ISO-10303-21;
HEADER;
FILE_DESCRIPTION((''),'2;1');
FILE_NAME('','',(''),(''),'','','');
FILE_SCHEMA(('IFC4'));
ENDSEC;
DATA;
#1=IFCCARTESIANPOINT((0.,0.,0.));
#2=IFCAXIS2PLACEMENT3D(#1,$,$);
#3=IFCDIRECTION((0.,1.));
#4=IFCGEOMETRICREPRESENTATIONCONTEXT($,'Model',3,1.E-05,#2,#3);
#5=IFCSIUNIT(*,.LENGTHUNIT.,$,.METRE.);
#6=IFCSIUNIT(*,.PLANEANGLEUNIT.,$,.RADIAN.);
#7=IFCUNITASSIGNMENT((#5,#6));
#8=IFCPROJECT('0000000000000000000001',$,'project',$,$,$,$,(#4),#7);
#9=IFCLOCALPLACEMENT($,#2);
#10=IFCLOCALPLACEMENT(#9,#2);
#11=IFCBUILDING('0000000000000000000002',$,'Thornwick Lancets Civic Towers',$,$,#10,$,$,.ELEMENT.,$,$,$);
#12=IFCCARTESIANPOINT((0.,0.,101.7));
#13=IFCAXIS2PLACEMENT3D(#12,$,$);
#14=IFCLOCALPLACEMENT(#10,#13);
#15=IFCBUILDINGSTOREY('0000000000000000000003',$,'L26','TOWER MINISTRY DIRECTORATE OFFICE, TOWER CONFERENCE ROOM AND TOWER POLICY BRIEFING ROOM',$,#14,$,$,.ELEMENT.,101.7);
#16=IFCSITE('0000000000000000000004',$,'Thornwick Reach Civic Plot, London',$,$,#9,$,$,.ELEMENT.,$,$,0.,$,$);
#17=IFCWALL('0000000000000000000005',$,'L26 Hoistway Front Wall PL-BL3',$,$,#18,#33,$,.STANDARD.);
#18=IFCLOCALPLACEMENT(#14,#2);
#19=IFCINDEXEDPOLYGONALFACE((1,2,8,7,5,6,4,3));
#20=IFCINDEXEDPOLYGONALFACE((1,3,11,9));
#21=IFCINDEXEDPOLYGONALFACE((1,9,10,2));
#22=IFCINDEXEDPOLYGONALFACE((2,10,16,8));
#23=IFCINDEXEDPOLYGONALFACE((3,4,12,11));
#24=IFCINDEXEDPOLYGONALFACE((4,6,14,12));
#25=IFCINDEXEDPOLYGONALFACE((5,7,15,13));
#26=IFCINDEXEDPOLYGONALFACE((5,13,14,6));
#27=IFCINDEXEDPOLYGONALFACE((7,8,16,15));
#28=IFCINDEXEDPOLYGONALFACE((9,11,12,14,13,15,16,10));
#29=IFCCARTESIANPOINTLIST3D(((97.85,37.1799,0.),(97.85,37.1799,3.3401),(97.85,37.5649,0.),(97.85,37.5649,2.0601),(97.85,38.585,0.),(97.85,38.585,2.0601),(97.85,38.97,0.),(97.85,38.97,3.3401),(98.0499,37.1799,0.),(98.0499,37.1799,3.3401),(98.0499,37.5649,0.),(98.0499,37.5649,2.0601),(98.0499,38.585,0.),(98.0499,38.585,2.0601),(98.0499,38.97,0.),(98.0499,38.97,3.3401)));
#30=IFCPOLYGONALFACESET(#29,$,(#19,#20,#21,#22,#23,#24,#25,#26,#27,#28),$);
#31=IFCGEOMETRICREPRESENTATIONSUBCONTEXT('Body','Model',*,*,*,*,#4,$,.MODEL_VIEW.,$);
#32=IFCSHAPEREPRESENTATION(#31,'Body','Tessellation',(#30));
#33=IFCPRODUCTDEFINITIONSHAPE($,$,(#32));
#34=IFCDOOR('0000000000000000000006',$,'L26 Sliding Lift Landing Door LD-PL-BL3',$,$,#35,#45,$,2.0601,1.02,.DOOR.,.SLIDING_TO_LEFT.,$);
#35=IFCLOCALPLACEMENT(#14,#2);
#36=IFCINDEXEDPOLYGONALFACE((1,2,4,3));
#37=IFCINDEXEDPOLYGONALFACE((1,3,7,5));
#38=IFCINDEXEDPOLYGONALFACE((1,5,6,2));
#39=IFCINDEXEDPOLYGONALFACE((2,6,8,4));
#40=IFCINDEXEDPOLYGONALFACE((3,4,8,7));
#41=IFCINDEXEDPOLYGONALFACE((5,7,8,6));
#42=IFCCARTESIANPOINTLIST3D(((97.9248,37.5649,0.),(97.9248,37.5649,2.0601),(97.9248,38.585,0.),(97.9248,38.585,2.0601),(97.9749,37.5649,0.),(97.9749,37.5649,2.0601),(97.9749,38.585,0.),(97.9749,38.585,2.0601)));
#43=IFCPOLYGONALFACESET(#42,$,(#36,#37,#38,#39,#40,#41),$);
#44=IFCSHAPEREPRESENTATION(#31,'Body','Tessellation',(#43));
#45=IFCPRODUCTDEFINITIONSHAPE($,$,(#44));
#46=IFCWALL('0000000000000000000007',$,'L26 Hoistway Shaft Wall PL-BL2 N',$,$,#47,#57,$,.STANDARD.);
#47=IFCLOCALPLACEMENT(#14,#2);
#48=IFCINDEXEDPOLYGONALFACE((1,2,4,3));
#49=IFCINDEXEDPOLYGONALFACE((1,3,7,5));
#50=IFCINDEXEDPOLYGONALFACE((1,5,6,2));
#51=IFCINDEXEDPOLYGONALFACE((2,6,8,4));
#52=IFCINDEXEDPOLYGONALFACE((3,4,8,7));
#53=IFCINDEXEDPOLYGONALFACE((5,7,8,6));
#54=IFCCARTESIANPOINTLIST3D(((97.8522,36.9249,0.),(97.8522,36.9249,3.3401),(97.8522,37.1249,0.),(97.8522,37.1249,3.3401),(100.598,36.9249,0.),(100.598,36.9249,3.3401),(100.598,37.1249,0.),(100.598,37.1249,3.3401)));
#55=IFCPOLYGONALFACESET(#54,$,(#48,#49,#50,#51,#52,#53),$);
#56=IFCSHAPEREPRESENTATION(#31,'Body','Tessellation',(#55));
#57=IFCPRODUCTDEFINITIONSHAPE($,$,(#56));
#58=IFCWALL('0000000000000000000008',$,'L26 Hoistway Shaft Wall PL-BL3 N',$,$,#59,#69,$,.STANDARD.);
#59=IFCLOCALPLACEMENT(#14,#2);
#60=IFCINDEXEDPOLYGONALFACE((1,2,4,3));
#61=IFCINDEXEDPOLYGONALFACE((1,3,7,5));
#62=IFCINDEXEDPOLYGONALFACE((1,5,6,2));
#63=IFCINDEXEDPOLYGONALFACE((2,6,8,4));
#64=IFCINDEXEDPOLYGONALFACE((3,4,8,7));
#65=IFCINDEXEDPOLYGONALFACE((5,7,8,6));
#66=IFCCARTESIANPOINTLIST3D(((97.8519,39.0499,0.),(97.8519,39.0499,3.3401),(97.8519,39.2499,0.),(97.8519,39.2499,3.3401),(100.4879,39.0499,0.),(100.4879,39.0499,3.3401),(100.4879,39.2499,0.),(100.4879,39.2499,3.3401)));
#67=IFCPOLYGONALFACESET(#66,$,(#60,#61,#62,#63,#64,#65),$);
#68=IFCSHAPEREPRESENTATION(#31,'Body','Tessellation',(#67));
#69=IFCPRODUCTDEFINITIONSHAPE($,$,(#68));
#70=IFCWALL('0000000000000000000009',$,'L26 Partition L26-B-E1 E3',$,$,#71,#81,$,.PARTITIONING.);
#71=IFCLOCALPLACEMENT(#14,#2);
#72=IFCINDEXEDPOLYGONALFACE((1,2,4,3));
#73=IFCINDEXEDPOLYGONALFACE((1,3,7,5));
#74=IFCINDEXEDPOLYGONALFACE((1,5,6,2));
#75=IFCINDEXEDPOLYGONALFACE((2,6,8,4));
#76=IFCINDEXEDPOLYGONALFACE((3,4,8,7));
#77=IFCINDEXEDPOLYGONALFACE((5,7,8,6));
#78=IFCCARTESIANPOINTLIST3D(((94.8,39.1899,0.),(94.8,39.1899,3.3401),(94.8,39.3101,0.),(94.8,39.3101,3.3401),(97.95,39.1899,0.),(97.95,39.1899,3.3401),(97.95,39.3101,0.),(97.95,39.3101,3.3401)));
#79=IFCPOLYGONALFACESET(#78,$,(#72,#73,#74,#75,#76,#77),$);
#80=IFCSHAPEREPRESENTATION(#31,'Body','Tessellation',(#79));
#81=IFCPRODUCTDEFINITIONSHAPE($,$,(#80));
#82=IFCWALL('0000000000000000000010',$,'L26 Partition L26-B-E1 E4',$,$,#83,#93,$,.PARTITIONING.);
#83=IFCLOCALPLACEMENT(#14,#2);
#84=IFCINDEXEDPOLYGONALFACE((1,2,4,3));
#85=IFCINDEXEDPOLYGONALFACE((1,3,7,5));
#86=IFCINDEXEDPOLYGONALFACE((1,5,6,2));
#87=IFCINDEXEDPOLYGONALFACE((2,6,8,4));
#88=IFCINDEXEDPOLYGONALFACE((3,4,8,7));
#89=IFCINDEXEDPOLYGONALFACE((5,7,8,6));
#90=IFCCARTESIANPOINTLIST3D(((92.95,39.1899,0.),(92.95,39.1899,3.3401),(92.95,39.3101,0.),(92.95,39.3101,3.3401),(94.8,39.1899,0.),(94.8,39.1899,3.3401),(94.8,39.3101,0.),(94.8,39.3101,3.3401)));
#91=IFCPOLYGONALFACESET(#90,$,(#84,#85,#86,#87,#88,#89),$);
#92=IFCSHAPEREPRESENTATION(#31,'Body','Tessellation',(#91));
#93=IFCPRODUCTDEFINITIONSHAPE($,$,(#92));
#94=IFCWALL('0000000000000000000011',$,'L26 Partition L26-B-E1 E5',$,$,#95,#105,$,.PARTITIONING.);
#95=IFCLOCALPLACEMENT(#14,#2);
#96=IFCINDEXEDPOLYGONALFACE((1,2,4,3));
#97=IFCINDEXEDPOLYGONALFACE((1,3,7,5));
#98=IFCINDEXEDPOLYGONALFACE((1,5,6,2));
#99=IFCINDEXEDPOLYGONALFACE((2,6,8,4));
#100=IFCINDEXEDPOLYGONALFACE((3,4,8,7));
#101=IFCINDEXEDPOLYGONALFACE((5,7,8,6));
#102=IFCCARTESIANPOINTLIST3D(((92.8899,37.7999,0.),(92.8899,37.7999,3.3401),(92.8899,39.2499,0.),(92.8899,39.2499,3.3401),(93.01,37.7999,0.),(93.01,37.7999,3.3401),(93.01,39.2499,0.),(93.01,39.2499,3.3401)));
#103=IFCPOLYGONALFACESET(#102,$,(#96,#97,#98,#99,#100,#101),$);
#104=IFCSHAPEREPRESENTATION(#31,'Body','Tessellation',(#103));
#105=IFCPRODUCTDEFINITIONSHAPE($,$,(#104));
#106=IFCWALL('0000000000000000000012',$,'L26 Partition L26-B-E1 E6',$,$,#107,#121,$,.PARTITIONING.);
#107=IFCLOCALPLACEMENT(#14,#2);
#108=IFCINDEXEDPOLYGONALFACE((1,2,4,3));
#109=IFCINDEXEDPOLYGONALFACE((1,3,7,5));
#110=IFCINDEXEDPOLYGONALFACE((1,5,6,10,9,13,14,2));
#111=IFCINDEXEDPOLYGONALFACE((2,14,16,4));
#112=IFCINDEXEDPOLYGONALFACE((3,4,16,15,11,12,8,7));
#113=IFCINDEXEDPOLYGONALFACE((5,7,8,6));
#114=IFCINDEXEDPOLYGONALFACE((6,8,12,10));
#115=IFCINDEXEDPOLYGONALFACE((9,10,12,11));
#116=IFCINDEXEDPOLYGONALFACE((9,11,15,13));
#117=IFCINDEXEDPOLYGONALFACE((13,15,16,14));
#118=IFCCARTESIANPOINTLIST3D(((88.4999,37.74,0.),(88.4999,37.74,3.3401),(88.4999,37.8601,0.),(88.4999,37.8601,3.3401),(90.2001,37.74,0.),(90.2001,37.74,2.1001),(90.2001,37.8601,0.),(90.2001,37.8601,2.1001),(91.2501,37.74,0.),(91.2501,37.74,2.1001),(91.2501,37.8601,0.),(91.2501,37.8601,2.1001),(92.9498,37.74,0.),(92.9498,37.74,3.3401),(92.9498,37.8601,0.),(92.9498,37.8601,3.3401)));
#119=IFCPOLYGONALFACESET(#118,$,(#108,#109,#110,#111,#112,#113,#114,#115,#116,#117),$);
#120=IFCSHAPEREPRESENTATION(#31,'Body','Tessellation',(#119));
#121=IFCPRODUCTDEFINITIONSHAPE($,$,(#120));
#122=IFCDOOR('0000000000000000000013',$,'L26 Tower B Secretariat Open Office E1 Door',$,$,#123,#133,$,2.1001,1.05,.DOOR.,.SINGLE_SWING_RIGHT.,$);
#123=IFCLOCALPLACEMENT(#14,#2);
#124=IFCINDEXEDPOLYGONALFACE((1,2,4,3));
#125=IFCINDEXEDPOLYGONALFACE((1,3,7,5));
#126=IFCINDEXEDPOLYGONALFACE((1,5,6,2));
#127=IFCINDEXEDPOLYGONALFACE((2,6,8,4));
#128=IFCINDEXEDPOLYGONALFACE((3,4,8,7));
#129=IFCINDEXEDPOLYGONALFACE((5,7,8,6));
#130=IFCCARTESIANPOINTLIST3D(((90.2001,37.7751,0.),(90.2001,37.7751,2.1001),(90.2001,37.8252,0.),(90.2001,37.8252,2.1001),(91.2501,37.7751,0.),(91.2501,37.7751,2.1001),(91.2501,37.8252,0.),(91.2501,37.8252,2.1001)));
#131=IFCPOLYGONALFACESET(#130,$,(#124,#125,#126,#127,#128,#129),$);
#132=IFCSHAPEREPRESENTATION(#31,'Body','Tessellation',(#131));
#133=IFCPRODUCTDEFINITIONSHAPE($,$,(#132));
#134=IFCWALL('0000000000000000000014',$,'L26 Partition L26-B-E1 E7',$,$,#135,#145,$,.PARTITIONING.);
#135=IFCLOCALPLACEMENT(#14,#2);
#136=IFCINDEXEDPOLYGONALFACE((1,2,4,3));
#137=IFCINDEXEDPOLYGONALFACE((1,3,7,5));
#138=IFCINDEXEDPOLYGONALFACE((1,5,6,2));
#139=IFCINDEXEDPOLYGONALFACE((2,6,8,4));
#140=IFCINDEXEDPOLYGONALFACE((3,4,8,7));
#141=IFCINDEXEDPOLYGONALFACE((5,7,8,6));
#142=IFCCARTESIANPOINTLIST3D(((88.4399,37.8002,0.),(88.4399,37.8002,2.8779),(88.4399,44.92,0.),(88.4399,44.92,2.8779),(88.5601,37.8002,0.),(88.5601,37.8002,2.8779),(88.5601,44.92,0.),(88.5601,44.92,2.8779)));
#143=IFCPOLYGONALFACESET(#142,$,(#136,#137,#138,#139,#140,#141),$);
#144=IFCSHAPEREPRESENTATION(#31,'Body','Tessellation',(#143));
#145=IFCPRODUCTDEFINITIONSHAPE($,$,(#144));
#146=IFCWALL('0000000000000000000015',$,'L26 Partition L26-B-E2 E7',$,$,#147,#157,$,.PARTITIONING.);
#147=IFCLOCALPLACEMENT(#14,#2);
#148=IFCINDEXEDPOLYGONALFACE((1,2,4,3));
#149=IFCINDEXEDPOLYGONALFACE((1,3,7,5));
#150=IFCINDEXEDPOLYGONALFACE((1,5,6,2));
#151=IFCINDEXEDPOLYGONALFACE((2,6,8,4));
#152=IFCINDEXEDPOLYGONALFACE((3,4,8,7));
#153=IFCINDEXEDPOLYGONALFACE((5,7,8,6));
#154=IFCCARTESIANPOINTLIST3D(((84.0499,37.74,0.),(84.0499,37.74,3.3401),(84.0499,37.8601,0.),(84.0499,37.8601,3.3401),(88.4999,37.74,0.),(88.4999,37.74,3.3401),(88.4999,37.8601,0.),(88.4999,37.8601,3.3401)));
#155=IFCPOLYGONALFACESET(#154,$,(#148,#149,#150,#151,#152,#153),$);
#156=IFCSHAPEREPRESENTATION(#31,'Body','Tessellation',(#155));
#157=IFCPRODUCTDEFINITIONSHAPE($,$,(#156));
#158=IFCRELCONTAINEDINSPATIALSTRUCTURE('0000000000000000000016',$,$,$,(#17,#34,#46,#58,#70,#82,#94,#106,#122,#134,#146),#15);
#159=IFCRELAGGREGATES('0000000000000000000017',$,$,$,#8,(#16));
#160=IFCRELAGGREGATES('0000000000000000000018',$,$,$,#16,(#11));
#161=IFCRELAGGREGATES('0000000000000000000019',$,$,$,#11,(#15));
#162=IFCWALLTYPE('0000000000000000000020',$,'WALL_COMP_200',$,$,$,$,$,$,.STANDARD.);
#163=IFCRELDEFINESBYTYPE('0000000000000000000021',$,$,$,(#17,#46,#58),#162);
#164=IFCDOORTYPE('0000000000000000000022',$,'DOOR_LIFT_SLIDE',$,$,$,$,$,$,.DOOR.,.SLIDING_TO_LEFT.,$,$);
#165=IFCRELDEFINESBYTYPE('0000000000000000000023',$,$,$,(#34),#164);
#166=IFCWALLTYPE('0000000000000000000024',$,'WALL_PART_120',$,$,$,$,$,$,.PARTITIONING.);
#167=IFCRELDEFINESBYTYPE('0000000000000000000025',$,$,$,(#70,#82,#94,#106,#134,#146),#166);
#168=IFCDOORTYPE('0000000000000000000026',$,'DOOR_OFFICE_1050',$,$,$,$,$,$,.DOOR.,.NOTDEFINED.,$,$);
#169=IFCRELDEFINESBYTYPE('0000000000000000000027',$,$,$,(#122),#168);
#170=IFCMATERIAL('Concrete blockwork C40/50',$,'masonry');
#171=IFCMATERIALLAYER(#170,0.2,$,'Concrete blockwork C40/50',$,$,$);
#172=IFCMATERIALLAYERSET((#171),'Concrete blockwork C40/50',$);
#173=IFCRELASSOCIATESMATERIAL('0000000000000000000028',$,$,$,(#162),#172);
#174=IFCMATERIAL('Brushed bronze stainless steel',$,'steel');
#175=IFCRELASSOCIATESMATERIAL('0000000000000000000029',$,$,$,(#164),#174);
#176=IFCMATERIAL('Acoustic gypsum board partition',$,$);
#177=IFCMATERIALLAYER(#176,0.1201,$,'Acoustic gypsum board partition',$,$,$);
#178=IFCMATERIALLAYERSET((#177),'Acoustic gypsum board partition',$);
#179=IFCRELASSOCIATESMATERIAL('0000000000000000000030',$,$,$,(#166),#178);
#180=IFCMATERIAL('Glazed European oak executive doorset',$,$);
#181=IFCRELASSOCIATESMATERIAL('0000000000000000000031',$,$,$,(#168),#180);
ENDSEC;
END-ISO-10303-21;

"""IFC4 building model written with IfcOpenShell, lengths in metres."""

from ifc_helpers import new_model, si_unit, direction, frame, frame_2d, origin, place, context, subcontext, project, spatial, rectangle, extrude, material, layer, layer_set, type_object, element, fill, save


model = new_model("IFC4")

# Units and contexts
model_context = context("Model", 3, precision=1e-05, world=origin(), true_north=direction((0.0, 1.0)))
body_context = subcontext(model_context, "Body", "Model", "MODEL_VIEW")
ifc_project = project(units=[si_unit("LENGTHUNIT", "METRE"), si_unit("PLANEANGLEUNIT", "RADIAN")], contexts=[model_context])

# Site, building, storey
site_placement = place(None, origin())
site = spatial("IfcSite", under=ifc_project, at=site_placement, Name="Thornwick Reach Civic Plot, London", CompositionType="ELEMENT", RefElevation=0.0)
building_placement = place(site_placement, origin())
building = spatial("IfcBuilding", under=site, at=building_placement, Name="Thornwick Lancets Civic Towers", CompositionType="ELEMENT")
storey_placement = place(building_placement, frame((0.0, 0.0, 101.7)))
storey = spatial("IfcBuildingStorey", under=building, at=storey_placement, Name="L26", Description="TOWER MINISTRY DIRECTORATE OFFICE, TOWER CONFERENCE ROOM AND TOWER POLICY BRIEFING ROOM", CompositionType="ELEMENT", Elevation=101.7)

# Wall, opening, door
ifc_material_1 = material(Name="Concrete blockwork C40/50", Category="masonry")
ifc_layer_1 = layer(ifc_material_1, 0.2, Name="Concrete blockwork C40/50")
ifc_layer_set_1 = layer_set([ifc_layer_1], Name="Concrete blockwork C40/50")
wall_type_1 = type_object("IfcWallType", Name="WALL_COMP_200", PredefinedType="STANDARD", material=ifc_layer_set_1)
ifc_material_2 = material(Name="Brushed bronze stainless steel", Category="steel")
door_type_1 = type_object("IfcDoorType", Name="DOOR_LIFT_SLIDE", OperationType="SLIDING_TO_LEFT", PredefinedType="DOOR", material=ifc_material_2)
wall_1_placement = place(storey_placement, frame((97.95, 38.97, 0.0), z_axis=(0.0, 0.0, 1.0), x_axis=(0.0, -1.0, 0.0)))
wall_1 = element("IfcWall", 1, at=wall_1_placement, inside=storey, type_object=wall_type_1, Name="L26 Hoistway Front Wall PL-BL3", PredefinedType="STANDARD", context=body_context, shape_type="SweptSolid", body=[
    extrude(rectangle(XDim=1.79, YDim=0.2, at=frame_2d((0.895, 0.0))), origin(), (0.0, 0.0, 1.0), 3.3401),
])
opening_1_placement = place(wall_1_placement, frame((0.385, 0.0, 0.0)))
opening_1 = element("IfcOpeningElement", 2, at=opening_1_placement, cuts=wall_1, PredefinedType="OPENING", context=body_context, shape_type="SweptSolid", body=[
    extrude(rectangle(XDim=1.02, YDim=2.0601, at=frame_2d((0.51, 1.03))), frame((0.0, 0.1099, 0.0), z_axis=(0.0, -1.0, 0.0), x_axis=(1.0, 0.0, 0.0)), (0.0, 0.0, 1.0), 0.22),
])
door_1_placement = place(opening_1_placement, origin())
door_1 = element("IfcDoor", 3, at=door_1_placement, inside=storey, type_object=door_type_1, Name="L26 Sliding Lift Landing Door LD-PL-BL3", OperationType="SLIDING_TO_LEFT", OverallHeight=2.0601, OverallWidth=1.02, PredefinedType="DOOR", context=body_context, shape_type="SweptSolid", body=[
    extrude(rectangle(XDim=1.02, YDim=2.0601, at=frame_2d((0.51, 1.03))), frame((0.0, 0.0249, 0.0), z_axis=(0.0, -1.0, 0.0), x_axis=(1.0, 0.0, 0.0)), (0.0, 0.0, 1.0), 0.05),
])
fill(opening_1, door_1)

# Walls
wall_2_placement = place(storey_placement, frame((97.8521, 37.0249, 0.0), z_axis=(0.0, 0.0, 1.0), x_axis=(1.0, 0.0, 0.0)))
element("IfcWall", 4, at=wall_2_placement, inside=storey, type_object=wall_type_1, Name="L26 Hoistway Shaft Wall PL-BL2 N", PredefinedType="STANDARD", context=body_context, shape_type="SweptSolid", body=[
    extrude(rectangle(XDim=2.7458, YDim=0.2, at=frame_2d((1.373, 0.0))), origin(), (0.0, 0.0, 1.0), 3.3401),
])
wall_3_placement = place(storey_placement, frame((97.8521, 39.1499, 0.0), z_axis=(0.0, 0.0, 1.0), x_axis=(1.0, 0.0, 0.0)))
element("IfcWall", 5, at=wall_3_placement, inside=storey, type_object=wall_type_1, Name="L26 Hoistway Shaft Wall PL-BL3 N", PredefinedType="STANDARD", context=body_context, shape_type="SweptSolid", body=[
    extrude(rectangle(XDim=2.636, YDim=0.2, at=frame_2d((1.3179, 0.0))), origin(), (0.0, 0.0, 1.0), 3.3401),
])
ifc_material_3 = material(Name="Acoustic gypsum board partition")
ifc_layer_2 = layer(ifc_material_3, 0.1201, Name="Acoustic gypsum board partition")
ifc_layer_set_2 = layer_set([ifc_layer_2], Name="Acoustic gypsum board partition")
wall_type_2 = type_object("IfcWallType", Name="WALL_PART_120", PredefinedType="PARTITIONING", material=ifc_layer_set_2)
wall_4_placement = place(storey_placement, frame((97.95, 39.25, 0.0), z_axis=(0.0, 0.0, 1.0), x_axis=(-1.0, 0.0, 0.0)))
element("IfcWall", 6, at=wall_4_placement, inside=storey, type_object=wall_type_2, Name="L26 Partition L26-B-E1 E3", PredefinedType="PARTITIONING", context=body_context, shape_type="SweptSolid", body=[
    extrude(rectangle(XDim=3.1499, YDim=0.1201, at=frame_2d((1.575, 0.0))), origin(), (0.0, 0.0, 1.0), 3.3401),
])
wall_5_placement = place(storey_placement, frame((94.8, 39.25, 0.0), z_axis=(0.0, 0.0, 1.0), x_axis=(-1.0, 0.0, 0.0)))
element("IfcWall", 7, at=wall_5_placement, inside=storey, type_object=wall_type_2, Name="L26 Partition L26-B-E1 E4", PredefinedType="PARTITIONING", context=body_context, shape_type="SweptSolid", body=[
    extrude(rectangle(XDim=1.8501, YDim=0.1201, at=frame_2d((0.925, 0.0))), origin(), (0.0, 0.0, 1.0), 3.3401),
])
wall_6_placement = place(storey_placement, frame((92.95, 39.25, 0.0), z_axis=(0.0, 0.0, 1.0), x_axis=(0.0, -1.0, 0.0)))
element("IfcWall", 8, at=wall_6_placement, inside=storey, type_object=wall_type_2, Name="L26 Partition L26-B-E1 E5", PredefinedType="PARTITIONING", context=body_context, shape_type="SweptSolid", body=[
    extrude(rectangle(XDim=1.45, YDim=0.1201, at=frame_2d((0.7251, 0.0))), origin(), (0.0, 0.0, 1.0), 3.3401),
])

# Wall, opening, door
wall_7_placement = place(storey_placement, frame((92.95, 37.8, 0.0), z_axis=(0.0, 0.0, 1.0), x_axis=(-1.0, 0.0, 0.0)))
wall_7 = element("IfcWall", 9, at=wall_7_placement, inside=storey, type_object=wall_type_2, Name="L26 Partition L26-B-E1 E6", PredefinedType="PARTITIONING", context=body_context, shape_type="SweptSolid", body=[
    extrude(rectangle(XDim=4.45, YDim=0.1201, at=frame_2d((2.2251, 0.0))), origin(), (0.0, 0.0, 1.0), 3.3401),
])
opening_2_placement = place(wall_7_placement, frame((1.7, 0.0, 0.0)))
opening_2 = element("IfcOpeningElement", 10, at=opening_2_placement, cuts=wall_7, PredefinedType="OPENING", context=body_context, shape_type="SweptSolid", body=[
    extrude(rectangle(XDim=1.05, YDim=2.1001, at=frame_2d((0.5249, 1.05))), frame((0.0, 0.0701, 0.0), z_axis=(0.0, -1.0, 0.0), x_axis=(1.0, 0.0, 0.0)), (0.0, 0.0, 1.0), 0.1401),
])
ifc_material_4 = material(Name="Glazed European oak executive doorset")
door_type_2 = type_object("IfcDoorType", Name="DOOR_OFFICE_1050", OperationType="NOTDEFINED", PredefinedType="DOOR", material=ifc_material_4)
door_2_placement = place(opening_2_placement, origin())
door_2 = element("IfcDoor", 11, at=door_2_placement, inside=storey, type_object=door_type_2, Name="L26 Tower B Secretariat Open Office E1 Door", OperationType="SINGLE_SWING_RIGHT", OverallHeight=2.1001, OverallWidth=1.05, PredefinedType="DOOR", context=body_context, shape_type="SweptSolid", body=[
    extrude(rectangle(XDim=1.05, YDim=2.1001, at=frame_2d((0.5249, 1.05))), frame((0.0, 0.0249, 0.0), z_axis=(0.0, -1.0, 0.0), x_axis=(1.0, 0.0, 0.0)), (0.0, 0.0, 1.0), 0.05),
])
fill(opening_2, door_2)

# Walls
wall_8_placement = place(storey_placement, frame((88.5, 37.8, 0.0), z_axis=(0.0, 0.0, 1.0), x_axis=(0.0, 1.0, 0.0)))
element("IfcWall", 12, at=wall_8_placement, inside=storey, type_object=wall_type_2, Name="L26 Partition L26-B-E1 E7", PredefinedType="PARTITIONING", context=body_context, shape_type="SweptSolid", body=[
    extrude(rectangle(XDim=7.1199, YDim=0.1201, at=frame_2d((3.5601, 0.0))), origin(), (0.0, 0.0, 1.0), 2.8779),
])
wall_9_placement = place(storey_placement, frame((88.5, 37.8, 0.0), z_axis=(0.0, 0.0, 1.0), x_axis=(-1.0, 0.0, 0.0)))
element("IfcWall", 13, at=wall_9_placement, inside=storey, type_object=wall_type_2, Name="L26 Partition L26-B-E2 E7", PredefinedType="PARTITIONING", context=body_context, shape_type="SweptSolid", body=[
    extrude(rectangle(XDim=4.45, YDim=0.1201, at=frame_2d((2.2251, 0.0))), origin(), (0.0, 0.0, 1.0), 3.3401),
])

save(model, "model.ifc")
